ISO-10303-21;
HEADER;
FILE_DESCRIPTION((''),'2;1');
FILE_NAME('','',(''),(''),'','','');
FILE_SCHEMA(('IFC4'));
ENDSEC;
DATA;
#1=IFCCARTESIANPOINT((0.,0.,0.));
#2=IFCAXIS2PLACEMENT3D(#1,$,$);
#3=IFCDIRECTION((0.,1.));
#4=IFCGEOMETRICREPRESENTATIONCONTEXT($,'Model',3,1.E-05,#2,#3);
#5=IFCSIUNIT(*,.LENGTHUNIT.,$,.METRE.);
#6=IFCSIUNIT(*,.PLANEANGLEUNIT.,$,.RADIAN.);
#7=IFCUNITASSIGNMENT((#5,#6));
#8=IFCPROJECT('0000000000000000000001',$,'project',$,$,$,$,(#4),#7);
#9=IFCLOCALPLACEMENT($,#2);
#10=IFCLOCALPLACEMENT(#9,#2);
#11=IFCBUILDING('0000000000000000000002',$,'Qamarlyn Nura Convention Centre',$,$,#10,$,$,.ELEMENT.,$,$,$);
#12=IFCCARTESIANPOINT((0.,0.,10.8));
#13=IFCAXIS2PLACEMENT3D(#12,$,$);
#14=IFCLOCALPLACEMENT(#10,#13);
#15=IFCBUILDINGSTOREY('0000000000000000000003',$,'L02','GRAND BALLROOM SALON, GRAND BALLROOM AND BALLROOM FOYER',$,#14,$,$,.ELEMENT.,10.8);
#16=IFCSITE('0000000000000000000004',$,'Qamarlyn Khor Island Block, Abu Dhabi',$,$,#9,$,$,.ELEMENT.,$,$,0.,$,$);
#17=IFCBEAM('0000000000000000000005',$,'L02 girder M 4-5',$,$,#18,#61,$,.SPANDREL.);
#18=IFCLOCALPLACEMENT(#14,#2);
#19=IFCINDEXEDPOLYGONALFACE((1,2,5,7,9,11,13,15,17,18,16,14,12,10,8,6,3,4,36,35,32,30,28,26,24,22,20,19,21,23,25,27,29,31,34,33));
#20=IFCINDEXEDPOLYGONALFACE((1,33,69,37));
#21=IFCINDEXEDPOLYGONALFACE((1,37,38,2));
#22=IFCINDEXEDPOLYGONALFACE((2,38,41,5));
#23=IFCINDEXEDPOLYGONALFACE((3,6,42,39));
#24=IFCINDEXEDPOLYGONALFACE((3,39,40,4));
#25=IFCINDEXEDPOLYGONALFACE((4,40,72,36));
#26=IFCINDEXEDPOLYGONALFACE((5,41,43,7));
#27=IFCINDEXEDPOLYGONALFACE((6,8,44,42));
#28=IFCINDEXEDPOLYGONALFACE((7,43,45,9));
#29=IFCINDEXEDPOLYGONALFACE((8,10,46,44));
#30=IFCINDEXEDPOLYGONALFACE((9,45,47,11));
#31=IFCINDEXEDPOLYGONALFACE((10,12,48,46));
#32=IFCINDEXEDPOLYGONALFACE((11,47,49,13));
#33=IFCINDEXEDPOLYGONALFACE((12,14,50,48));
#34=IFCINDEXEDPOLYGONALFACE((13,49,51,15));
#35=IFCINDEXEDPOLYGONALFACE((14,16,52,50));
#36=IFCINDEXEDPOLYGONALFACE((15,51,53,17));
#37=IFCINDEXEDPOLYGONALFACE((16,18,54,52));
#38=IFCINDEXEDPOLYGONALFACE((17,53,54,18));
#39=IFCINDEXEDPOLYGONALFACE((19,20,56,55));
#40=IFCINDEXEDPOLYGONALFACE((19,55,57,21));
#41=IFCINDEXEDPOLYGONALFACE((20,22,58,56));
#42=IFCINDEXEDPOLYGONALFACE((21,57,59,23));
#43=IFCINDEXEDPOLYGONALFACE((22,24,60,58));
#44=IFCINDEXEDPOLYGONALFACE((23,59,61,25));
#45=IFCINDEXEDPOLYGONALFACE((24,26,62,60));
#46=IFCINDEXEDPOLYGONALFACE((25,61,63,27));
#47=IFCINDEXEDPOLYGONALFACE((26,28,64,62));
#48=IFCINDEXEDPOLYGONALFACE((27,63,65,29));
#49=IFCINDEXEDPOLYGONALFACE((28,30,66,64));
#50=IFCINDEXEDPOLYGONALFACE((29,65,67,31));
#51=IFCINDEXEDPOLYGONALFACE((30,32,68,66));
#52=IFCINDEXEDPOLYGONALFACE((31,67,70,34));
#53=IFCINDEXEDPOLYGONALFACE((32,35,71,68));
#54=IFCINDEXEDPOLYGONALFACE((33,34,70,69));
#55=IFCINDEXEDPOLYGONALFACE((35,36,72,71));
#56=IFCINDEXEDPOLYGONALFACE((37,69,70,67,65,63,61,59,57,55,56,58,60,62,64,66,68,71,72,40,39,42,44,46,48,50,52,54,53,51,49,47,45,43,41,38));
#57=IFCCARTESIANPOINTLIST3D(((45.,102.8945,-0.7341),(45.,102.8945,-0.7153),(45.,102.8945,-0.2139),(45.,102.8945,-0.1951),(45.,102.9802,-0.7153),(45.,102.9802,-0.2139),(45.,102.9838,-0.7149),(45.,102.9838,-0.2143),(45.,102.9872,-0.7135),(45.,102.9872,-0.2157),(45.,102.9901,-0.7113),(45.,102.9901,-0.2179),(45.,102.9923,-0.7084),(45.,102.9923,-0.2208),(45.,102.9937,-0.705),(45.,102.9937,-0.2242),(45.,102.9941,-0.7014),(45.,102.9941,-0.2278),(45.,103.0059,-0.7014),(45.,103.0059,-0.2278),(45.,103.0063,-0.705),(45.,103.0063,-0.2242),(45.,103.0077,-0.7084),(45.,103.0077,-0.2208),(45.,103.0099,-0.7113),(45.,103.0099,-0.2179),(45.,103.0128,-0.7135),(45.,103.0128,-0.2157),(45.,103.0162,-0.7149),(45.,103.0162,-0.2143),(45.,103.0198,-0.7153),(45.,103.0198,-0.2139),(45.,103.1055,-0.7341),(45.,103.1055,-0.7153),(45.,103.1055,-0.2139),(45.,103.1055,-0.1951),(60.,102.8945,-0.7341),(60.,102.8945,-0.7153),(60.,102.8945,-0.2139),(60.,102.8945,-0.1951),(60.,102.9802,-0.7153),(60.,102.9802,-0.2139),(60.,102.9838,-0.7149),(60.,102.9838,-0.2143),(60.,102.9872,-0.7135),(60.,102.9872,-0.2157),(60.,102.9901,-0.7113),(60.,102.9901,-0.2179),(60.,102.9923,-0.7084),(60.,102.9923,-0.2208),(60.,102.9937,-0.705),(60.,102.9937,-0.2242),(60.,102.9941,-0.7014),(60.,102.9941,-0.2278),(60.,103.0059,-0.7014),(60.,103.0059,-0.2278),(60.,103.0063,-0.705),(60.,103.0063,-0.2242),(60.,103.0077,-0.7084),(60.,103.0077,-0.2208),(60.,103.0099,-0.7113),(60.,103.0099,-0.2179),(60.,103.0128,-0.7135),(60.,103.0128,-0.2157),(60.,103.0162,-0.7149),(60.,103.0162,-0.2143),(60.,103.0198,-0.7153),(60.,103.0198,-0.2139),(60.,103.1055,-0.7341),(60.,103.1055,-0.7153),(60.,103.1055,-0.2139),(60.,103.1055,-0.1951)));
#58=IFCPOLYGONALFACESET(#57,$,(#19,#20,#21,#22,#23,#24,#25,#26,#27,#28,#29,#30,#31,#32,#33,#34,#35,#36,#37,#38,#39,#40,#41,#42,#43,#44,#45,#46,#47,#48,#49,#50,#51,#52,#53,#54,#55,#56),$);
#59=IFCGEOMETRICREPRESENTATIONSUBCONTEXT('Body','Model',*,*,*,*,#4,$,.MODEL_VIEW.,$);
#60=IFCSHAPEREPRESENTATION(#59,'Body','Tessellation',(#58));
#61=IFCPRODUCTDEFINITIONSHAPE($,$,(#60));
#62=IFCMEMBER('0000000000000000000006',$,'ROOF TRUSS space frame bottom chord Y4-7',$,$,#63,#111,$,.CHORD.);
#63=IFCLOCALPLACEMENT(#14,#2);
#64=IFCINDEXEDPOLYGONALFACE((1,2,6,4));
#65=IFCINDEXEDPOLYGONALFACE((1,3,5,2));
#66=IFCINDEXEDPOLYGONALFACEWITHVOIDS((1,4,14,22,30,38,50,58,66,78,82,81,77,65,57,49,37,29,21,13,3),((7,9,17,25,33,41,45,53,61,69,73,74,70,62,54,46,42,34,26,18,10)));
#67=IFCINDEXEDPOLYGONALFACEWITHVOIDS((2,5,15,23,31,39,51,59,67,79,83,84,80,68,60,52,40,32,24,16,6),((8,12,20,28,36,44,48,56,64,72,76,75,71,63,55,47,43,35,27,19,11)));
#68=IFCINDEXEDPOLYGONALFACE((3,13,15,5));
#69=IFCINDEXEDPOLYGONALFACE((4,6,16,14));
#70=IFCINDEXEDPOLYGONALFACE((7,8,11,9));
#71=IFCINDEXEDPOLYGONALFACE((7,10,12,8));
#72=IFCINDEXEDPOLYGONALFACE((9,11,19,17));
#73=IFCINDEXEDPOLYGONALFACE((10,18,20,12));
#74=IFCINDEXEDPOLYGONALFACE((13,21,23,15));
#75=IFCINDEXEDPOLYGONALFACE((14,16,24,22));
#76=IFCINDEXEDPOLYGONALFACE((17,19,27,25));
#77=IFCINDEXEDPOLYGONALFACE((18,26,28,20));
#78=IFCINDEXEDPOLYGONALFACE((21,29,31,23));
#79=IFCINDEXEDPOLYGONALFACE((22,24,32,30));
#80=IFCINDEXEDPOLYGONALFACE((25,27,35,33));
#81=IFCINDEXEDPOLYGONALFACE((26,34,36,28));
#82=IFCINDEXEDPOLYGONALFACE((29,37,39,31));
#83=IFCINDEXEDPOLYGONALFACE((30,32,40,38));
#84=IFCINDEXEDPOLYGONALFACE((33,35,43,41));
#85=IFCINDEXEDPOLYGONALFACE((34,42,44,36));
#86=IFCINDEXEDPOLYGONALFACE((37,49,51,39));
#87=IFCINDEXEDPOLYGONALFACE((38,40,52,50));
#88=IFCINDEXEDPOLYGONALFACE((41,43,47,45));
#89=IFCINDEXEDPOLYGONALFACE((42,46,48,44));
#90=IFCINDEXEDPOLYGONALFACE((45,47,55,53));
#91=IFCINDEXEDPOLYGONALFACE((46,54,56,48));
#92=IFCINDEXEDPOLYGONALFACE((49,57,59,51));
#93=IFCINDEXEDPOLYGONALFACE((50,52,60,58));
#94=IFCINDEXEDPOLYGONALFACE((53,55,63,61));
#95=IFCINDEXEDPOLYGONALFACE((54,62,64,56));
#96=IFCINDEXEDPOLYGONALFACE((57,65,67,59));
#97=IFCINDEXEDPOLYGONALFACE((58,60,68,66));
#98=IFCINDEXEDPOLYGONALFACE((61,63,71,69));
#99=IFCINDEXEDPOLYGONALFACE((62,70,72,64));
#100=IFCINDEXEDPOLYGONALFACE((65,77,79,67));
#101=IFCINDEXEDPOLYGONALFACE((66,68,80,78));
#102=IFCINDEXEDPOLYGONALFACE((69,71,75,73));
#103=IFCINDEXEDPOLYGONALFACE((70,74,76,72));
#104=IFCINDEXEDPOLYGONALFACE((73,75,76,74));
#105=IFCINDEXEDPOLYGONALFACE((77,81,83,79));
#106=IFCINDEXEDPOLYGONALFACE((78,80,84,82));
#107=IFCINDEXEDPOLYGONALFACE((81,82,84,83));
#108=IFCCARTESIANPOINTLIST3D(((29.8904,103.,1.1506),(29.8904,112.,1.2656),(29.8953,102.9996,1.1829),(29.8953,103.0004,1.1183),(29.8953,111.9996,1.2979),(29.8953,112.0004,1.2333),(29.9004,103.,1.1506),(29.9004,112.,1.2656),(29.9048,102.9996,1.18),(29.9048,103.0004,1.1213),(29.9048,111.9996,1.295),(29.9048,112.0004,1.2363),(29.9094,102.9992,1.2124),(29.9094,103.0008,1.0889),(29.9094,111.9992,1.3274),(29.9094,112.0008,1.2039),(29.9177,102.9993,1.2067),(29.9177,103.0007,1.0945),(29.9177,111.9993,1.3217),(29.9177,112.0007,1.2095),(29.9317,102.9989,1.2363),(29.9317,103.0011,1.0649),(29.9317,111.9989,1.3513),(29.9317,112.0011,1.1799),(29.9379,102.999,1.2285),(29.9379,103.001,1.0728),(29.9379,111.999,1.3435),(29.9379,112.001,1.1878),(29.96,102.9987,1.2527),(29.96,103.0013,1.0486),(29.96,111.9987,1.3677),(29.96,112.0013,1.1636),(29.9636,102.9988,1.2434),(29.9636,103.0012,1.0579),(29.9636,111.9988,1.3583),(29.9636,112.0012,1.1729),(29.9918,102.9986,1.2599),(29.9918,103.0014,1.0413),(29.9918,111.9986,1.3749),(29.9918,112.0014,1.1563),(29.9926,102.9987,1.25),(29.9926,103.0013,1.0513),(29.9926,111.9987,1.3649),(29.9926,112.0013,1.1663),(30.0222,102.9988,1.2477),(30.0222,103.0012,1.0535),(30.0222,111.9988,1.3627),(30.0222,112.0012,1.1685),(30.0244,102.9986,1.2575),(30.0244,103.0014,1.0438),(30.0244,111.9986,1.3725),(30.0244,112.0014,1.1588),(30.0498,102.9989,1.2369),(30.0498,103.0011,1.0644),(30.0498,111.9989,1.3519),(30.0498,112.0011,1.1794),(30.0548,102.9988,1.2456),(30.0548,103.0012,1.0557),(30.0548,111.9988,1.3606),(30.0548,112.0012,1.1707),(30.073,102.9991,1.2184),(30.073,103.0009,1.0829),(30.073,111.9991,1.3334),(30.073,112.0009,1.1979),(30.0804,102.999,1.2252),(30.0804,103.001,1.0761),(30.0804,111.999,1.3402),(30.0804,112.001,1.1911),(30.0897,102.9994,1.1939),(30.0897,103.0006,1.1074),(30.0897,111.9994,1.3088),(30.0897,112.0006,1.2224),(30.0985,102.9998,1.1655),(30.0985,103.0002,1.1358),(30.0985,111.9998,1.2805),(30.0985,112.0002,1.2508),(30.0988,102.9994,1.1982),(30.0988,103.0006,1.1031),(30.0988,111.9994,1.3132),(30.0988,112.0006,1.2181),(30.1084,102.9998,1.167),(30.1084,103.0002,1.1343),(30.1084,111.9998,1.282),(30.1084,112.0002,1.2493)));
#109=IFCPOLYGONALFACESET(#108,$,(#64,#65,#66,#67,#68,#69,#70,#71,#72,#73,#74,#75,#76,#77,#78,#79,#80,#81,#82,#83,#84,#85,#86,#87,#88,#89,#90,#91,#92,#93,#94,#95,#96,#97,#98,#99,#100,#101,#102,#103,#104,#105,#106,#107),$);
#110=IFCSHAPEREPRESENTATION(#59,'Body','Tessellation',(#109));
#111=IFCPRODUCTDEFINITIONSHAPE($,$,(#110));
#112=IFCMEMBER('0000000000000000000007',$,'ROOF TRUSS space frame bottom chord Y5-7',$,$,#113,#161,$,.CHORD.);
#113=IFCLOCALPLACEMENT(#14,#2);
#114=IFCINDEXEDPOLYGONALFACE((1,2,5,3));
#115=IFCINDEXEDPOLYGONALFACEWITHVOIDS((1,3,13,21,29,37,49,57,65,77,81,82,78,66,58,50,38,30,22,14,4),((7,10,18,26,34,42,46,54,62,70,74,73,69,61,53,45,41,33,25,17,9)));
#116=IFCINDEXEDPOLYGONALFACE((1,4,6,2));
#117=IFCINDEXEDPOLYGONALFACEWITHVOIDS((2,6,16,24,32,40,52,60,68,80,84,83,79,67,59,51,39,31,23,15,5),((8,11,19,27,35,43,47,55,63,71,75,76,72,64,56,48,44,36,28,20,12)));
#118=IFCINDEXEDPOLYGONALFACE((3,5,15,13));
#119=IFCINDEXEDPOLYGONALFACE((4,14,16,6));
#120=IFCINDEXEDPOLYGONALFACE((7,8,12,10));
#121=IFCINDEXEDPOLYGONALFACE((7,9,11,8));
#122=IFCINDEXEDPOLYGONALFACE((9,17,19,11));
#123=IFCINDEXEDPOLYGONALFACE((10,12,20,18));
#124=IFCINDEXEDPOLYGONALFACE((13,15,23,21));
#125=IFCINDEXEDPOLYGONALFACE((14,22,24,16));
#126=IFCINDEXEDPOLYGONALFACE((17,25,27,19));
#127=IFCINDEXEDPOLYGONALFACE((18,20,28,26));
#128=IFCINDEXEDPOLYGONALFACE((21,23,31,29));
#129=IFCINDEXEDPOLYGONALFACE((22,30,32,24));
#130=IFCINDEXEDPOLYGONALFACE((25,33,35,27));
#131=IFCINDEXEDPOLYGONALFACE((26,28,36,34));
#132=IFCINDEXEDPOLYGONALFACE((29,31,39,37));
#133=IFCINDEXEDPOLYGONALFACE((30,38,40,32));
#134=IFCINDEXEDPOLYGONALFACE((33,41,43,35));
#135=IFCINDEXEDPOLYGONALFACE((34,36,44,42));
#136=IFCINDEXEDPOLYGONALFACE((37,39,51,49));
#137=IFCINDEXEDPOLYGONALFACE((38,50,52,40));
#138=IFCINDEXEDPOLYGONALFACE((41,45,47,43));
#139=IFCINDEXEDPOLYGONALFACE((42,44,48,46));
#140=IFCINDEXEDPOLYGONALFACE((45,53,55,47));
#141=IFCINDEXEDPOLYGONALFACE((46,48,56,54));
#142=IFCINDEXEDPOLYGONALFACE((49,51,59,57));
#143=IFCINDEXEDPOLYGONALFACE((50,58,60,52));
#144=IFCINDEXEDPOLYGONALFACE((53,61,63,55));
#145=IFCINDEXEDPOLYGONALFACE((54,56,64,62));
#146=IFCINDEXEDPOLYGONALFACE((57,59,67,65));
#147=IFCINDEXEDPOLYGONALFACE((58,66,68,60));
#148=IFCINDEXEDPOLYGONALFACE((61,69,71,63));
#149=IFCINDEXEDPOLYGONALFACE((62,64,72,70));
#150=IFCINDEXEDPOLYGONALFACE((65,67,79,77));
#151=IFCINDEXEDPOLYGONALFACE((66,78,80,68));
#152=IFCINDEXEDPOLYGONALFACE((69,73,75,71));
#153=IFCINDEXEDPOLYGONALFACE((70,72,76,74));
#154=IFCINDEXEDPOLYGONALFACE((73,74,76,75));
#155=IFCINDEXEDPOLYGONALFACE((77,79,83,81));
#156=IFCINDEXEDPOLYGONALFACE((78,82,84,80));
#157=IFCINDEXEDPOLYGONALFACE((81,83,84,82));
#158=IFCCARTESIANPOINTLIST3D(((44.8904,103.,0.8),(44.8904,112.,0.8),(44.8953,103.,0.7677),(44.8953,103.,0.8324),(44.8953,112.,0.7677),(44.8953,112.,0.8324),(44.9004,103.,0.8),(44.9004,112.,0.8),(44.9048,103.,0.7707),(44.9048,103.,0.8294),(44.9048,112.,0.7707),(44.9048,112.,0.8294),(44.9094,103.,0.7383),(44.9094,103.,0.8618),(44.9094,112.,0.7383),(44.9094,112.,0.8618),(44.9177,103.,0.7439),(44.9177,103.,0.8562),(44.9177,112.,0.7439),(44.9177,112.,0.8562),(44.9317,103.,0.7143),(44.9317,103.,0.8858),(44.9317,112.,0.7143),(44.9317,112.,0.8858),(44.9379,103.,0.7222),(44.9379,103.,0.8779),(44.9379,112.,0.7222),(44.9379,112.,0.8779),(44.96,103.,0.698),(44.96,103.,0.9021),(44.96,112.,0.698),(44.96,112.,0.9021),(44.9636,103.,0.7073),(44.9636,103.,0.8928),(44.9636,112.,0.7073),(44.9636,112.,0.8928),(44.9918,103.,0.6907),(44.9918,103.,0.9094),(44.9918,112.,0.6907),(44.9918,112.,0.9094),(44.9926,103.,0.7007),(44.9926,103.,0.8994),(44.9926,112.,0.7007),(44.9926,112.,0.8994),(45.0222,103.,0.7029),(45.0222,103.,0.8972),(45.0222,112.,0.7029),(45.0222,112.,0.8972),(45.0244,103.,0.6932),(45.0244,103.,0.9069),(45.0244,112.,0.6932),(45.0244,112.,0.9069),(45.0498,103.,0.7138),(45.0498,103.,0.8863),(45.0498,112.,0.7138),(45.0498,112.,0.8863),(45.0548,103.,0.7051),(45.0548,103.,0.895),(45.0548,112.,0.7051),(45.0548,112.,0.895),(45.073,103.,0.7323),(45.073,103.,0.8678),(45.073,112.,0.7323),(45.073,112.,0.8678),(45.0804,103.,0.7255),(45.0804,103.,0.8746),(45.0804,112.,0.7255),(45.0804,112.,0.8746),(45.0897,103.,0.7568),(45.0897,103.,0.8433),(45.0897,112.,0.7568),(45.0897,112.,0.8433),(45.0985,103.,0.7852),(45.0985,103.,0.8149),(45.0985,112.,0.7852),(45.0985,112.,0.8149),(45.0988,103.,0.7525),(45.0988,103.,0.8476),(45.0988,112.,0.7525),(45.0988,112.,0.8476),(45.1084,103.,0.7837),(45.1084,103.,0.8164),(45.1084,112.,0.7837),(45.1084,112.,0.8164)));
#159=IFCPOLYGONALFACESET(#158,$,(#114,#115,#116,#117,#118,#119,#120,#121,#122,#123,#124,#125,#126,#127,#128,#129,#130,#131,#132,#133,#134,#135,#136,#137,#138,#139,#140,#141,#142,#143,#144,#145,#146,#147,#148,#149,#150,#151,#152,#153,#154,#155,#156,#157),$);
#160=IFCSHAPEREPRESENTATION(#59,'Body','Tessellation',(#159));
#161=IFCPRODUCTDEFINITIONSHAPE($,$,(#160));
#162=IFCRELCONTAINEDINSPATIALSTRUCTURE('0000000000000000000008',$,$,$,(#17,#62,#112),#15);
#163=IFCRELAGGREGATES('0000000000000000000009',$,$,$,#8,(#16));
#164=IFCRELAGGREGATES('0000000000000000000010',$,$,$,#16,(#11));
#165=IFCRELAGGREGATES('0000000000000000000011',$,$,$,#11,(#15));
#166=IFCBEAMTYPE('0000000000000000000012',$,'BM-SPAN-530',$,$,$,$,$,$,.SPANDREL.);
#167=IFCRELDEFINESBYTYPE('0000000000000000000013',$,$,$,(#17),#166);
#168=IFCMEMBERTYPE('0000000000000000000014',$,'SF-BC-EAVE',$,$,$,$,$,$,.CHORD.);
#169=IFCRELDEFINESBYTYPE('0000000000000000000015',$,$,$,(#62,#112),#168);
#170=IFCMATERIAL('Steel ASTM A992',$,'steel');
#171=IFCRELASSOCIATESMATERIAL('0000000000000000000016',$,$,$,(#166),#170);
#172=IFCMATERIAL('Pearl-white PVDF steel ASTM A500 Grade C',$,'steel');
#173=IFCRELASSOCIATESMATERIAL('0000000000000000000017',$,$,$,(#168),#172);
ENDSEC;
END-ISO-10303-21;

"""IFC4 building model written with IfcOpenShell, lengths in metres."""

from ifc_helpers import new_model, si_unit, direction, frame, origin, origin_2d, place, context, subcontext, project, spatial, hollow_circle, i_section, extrude, material, material_profile, profile_set, type_object, element, save


model = new_model("IFC4")

# Units and contexts
model_context = context("Model", 3, precision=1e-05, world=origin(), true_north=direction((0.0, 1.0)))
body_context = subcontext(model_context, "Body", "Model", "MODEL_VIEW")
ifc_project = project(units=[si_unit("LENGTHUNIT", "METRE"), si_unit("PLANEANGLEUNIT", "RADIAN")], contexts=[model_context])

# Site, building, storey
site_placement = place(None, origin())
site = spatial("IfcSite", under=ifc_project, at=site_placement, Name="Qamarlyn Khor Island Block, Abu Dhabi", CompositionType="ELEMENT", RefElevation=0.0)
building_placement = place(site_placement, origin())
building = spatial("IfcBuilding", under=site, at=building_placement, Name="Qamarlyn Nura Convention Centre", CompositionType="ELEMENT")
storey_placement = place(building_placement, frame((0.0, 0.0, 10.8)))
storey = spatial("IfcBuildingStorey", under=building, at=storey_placement, Name="L02", Description="GRAND BALLROOM SALON, GRAND BALLROOM AND BALLROOM FOYER", CompositionType="ELEMENT", Elevation=10.8)

# Shared definitions
ifc_material_1 = material(Name="Pearl-white PVDF steel ASTM A500 Grade C", Category="steel")

# Beam
ifc_material_2 = material(Name="Steel ASTM A992", Category="steel")
ifc_material_profile_1 = material_profile(ifc_material_2, i_section(OverallWidth=0.2109, OverallDepth=0.5391, WebThickness=0.0117, FlangeThickness=0.0188, FilletRadius=0.0139, at=origin_2d()), Name="W530X109")
ifc_profile_set_1 = profile_set([ifc_material_profile_1], Name="Steel ASTM A992")
beam_type_1 = type_object("IfcBeamType", Name="BM-SPAN-530", PredefinedType="SPANDREL", material=ifc_profile_set_1)
beam_1_placement = place(storey_placement, frame((45.0, 103.0, -0.4646), z_axis=(1.0, 0.0, 0.0), x_axis=(0.0, 1.0, 0.0)))
element("IfcBeam", 1, at=beam_1_placement, inside=storey, type_object=beam_type_1, Name="L02 girder M 4-5", PredefinedType="SPANDREL", context=body_context, shape_type="SweptSolid", body=[
    extrude(i_section(OverallWidth=0.2109, OverallDepth=0.5391, WebThickness=0.0117, FlangeThickness=0.0188, FilletRadius=0.0139, at=origin_2d()), origin(), (0.0, 0.0, 1.0), 15.0),
])

# Members
ifc_material_profile_2 = material_profile(ifc_material_1, hollow_circle(Radius=0.1096, WallThickness=0.01, at=origin_2d()), Name="CHS219.1X10")
ifc_profile_set_2 = profile_set([ifc_material_profile_2], Name="Pearl-white PVDF steel ASTM A500 Grade C")
member_type_1 = type_object("IfcMemberType", Name="SF-BC-EAVE", PredefinedType="CHORD", material=ifc_profile_set_2)
member_1_placement = place(storey_placement, frame((30.0, 103.0, 1.1506), z_axis=(0.0, 0.999918, 0.012776), x_axis=(-1.0, 0.0, 0.0)))
element("IfcMember", 2, at=member_1_placement, inside=storey, type_object=member_type_1, Name="ROOF TRUSS space frame bottom chord Y4-7", PredefinedType="CHORD", context=body_context, shape_type="SweptSolid", body=[
    extrude(hollow_circle(Radius=0.1096, WallThickness=0.01, at=origin_2d()), origin(), (0.0, 0.0, 1.0), 9.0007),
])
member_2_placement = place(storey_placement, frame((45.0, 103.0, 0.8), z_axis=(0.0, 1.0, 0.0), x_axis=(-1.0, 0.0, 0.0)))
element("IfcMember", 3, at=member_2_placement, inside=storey, type_object=member_type_1, Name="ROOF TRUSS space frame bottom chord Y5-7", PredefinedType="CHORD", context=body_context, shape_type="SweptSolid", body=[
    extrude(hollow_circle(Radius=0.1096, WallThickness=0.01, at=origin_2d()), origin(), (0.0, 0.0, 1.0), 9.0),
])

save(model, "model.ifc")
